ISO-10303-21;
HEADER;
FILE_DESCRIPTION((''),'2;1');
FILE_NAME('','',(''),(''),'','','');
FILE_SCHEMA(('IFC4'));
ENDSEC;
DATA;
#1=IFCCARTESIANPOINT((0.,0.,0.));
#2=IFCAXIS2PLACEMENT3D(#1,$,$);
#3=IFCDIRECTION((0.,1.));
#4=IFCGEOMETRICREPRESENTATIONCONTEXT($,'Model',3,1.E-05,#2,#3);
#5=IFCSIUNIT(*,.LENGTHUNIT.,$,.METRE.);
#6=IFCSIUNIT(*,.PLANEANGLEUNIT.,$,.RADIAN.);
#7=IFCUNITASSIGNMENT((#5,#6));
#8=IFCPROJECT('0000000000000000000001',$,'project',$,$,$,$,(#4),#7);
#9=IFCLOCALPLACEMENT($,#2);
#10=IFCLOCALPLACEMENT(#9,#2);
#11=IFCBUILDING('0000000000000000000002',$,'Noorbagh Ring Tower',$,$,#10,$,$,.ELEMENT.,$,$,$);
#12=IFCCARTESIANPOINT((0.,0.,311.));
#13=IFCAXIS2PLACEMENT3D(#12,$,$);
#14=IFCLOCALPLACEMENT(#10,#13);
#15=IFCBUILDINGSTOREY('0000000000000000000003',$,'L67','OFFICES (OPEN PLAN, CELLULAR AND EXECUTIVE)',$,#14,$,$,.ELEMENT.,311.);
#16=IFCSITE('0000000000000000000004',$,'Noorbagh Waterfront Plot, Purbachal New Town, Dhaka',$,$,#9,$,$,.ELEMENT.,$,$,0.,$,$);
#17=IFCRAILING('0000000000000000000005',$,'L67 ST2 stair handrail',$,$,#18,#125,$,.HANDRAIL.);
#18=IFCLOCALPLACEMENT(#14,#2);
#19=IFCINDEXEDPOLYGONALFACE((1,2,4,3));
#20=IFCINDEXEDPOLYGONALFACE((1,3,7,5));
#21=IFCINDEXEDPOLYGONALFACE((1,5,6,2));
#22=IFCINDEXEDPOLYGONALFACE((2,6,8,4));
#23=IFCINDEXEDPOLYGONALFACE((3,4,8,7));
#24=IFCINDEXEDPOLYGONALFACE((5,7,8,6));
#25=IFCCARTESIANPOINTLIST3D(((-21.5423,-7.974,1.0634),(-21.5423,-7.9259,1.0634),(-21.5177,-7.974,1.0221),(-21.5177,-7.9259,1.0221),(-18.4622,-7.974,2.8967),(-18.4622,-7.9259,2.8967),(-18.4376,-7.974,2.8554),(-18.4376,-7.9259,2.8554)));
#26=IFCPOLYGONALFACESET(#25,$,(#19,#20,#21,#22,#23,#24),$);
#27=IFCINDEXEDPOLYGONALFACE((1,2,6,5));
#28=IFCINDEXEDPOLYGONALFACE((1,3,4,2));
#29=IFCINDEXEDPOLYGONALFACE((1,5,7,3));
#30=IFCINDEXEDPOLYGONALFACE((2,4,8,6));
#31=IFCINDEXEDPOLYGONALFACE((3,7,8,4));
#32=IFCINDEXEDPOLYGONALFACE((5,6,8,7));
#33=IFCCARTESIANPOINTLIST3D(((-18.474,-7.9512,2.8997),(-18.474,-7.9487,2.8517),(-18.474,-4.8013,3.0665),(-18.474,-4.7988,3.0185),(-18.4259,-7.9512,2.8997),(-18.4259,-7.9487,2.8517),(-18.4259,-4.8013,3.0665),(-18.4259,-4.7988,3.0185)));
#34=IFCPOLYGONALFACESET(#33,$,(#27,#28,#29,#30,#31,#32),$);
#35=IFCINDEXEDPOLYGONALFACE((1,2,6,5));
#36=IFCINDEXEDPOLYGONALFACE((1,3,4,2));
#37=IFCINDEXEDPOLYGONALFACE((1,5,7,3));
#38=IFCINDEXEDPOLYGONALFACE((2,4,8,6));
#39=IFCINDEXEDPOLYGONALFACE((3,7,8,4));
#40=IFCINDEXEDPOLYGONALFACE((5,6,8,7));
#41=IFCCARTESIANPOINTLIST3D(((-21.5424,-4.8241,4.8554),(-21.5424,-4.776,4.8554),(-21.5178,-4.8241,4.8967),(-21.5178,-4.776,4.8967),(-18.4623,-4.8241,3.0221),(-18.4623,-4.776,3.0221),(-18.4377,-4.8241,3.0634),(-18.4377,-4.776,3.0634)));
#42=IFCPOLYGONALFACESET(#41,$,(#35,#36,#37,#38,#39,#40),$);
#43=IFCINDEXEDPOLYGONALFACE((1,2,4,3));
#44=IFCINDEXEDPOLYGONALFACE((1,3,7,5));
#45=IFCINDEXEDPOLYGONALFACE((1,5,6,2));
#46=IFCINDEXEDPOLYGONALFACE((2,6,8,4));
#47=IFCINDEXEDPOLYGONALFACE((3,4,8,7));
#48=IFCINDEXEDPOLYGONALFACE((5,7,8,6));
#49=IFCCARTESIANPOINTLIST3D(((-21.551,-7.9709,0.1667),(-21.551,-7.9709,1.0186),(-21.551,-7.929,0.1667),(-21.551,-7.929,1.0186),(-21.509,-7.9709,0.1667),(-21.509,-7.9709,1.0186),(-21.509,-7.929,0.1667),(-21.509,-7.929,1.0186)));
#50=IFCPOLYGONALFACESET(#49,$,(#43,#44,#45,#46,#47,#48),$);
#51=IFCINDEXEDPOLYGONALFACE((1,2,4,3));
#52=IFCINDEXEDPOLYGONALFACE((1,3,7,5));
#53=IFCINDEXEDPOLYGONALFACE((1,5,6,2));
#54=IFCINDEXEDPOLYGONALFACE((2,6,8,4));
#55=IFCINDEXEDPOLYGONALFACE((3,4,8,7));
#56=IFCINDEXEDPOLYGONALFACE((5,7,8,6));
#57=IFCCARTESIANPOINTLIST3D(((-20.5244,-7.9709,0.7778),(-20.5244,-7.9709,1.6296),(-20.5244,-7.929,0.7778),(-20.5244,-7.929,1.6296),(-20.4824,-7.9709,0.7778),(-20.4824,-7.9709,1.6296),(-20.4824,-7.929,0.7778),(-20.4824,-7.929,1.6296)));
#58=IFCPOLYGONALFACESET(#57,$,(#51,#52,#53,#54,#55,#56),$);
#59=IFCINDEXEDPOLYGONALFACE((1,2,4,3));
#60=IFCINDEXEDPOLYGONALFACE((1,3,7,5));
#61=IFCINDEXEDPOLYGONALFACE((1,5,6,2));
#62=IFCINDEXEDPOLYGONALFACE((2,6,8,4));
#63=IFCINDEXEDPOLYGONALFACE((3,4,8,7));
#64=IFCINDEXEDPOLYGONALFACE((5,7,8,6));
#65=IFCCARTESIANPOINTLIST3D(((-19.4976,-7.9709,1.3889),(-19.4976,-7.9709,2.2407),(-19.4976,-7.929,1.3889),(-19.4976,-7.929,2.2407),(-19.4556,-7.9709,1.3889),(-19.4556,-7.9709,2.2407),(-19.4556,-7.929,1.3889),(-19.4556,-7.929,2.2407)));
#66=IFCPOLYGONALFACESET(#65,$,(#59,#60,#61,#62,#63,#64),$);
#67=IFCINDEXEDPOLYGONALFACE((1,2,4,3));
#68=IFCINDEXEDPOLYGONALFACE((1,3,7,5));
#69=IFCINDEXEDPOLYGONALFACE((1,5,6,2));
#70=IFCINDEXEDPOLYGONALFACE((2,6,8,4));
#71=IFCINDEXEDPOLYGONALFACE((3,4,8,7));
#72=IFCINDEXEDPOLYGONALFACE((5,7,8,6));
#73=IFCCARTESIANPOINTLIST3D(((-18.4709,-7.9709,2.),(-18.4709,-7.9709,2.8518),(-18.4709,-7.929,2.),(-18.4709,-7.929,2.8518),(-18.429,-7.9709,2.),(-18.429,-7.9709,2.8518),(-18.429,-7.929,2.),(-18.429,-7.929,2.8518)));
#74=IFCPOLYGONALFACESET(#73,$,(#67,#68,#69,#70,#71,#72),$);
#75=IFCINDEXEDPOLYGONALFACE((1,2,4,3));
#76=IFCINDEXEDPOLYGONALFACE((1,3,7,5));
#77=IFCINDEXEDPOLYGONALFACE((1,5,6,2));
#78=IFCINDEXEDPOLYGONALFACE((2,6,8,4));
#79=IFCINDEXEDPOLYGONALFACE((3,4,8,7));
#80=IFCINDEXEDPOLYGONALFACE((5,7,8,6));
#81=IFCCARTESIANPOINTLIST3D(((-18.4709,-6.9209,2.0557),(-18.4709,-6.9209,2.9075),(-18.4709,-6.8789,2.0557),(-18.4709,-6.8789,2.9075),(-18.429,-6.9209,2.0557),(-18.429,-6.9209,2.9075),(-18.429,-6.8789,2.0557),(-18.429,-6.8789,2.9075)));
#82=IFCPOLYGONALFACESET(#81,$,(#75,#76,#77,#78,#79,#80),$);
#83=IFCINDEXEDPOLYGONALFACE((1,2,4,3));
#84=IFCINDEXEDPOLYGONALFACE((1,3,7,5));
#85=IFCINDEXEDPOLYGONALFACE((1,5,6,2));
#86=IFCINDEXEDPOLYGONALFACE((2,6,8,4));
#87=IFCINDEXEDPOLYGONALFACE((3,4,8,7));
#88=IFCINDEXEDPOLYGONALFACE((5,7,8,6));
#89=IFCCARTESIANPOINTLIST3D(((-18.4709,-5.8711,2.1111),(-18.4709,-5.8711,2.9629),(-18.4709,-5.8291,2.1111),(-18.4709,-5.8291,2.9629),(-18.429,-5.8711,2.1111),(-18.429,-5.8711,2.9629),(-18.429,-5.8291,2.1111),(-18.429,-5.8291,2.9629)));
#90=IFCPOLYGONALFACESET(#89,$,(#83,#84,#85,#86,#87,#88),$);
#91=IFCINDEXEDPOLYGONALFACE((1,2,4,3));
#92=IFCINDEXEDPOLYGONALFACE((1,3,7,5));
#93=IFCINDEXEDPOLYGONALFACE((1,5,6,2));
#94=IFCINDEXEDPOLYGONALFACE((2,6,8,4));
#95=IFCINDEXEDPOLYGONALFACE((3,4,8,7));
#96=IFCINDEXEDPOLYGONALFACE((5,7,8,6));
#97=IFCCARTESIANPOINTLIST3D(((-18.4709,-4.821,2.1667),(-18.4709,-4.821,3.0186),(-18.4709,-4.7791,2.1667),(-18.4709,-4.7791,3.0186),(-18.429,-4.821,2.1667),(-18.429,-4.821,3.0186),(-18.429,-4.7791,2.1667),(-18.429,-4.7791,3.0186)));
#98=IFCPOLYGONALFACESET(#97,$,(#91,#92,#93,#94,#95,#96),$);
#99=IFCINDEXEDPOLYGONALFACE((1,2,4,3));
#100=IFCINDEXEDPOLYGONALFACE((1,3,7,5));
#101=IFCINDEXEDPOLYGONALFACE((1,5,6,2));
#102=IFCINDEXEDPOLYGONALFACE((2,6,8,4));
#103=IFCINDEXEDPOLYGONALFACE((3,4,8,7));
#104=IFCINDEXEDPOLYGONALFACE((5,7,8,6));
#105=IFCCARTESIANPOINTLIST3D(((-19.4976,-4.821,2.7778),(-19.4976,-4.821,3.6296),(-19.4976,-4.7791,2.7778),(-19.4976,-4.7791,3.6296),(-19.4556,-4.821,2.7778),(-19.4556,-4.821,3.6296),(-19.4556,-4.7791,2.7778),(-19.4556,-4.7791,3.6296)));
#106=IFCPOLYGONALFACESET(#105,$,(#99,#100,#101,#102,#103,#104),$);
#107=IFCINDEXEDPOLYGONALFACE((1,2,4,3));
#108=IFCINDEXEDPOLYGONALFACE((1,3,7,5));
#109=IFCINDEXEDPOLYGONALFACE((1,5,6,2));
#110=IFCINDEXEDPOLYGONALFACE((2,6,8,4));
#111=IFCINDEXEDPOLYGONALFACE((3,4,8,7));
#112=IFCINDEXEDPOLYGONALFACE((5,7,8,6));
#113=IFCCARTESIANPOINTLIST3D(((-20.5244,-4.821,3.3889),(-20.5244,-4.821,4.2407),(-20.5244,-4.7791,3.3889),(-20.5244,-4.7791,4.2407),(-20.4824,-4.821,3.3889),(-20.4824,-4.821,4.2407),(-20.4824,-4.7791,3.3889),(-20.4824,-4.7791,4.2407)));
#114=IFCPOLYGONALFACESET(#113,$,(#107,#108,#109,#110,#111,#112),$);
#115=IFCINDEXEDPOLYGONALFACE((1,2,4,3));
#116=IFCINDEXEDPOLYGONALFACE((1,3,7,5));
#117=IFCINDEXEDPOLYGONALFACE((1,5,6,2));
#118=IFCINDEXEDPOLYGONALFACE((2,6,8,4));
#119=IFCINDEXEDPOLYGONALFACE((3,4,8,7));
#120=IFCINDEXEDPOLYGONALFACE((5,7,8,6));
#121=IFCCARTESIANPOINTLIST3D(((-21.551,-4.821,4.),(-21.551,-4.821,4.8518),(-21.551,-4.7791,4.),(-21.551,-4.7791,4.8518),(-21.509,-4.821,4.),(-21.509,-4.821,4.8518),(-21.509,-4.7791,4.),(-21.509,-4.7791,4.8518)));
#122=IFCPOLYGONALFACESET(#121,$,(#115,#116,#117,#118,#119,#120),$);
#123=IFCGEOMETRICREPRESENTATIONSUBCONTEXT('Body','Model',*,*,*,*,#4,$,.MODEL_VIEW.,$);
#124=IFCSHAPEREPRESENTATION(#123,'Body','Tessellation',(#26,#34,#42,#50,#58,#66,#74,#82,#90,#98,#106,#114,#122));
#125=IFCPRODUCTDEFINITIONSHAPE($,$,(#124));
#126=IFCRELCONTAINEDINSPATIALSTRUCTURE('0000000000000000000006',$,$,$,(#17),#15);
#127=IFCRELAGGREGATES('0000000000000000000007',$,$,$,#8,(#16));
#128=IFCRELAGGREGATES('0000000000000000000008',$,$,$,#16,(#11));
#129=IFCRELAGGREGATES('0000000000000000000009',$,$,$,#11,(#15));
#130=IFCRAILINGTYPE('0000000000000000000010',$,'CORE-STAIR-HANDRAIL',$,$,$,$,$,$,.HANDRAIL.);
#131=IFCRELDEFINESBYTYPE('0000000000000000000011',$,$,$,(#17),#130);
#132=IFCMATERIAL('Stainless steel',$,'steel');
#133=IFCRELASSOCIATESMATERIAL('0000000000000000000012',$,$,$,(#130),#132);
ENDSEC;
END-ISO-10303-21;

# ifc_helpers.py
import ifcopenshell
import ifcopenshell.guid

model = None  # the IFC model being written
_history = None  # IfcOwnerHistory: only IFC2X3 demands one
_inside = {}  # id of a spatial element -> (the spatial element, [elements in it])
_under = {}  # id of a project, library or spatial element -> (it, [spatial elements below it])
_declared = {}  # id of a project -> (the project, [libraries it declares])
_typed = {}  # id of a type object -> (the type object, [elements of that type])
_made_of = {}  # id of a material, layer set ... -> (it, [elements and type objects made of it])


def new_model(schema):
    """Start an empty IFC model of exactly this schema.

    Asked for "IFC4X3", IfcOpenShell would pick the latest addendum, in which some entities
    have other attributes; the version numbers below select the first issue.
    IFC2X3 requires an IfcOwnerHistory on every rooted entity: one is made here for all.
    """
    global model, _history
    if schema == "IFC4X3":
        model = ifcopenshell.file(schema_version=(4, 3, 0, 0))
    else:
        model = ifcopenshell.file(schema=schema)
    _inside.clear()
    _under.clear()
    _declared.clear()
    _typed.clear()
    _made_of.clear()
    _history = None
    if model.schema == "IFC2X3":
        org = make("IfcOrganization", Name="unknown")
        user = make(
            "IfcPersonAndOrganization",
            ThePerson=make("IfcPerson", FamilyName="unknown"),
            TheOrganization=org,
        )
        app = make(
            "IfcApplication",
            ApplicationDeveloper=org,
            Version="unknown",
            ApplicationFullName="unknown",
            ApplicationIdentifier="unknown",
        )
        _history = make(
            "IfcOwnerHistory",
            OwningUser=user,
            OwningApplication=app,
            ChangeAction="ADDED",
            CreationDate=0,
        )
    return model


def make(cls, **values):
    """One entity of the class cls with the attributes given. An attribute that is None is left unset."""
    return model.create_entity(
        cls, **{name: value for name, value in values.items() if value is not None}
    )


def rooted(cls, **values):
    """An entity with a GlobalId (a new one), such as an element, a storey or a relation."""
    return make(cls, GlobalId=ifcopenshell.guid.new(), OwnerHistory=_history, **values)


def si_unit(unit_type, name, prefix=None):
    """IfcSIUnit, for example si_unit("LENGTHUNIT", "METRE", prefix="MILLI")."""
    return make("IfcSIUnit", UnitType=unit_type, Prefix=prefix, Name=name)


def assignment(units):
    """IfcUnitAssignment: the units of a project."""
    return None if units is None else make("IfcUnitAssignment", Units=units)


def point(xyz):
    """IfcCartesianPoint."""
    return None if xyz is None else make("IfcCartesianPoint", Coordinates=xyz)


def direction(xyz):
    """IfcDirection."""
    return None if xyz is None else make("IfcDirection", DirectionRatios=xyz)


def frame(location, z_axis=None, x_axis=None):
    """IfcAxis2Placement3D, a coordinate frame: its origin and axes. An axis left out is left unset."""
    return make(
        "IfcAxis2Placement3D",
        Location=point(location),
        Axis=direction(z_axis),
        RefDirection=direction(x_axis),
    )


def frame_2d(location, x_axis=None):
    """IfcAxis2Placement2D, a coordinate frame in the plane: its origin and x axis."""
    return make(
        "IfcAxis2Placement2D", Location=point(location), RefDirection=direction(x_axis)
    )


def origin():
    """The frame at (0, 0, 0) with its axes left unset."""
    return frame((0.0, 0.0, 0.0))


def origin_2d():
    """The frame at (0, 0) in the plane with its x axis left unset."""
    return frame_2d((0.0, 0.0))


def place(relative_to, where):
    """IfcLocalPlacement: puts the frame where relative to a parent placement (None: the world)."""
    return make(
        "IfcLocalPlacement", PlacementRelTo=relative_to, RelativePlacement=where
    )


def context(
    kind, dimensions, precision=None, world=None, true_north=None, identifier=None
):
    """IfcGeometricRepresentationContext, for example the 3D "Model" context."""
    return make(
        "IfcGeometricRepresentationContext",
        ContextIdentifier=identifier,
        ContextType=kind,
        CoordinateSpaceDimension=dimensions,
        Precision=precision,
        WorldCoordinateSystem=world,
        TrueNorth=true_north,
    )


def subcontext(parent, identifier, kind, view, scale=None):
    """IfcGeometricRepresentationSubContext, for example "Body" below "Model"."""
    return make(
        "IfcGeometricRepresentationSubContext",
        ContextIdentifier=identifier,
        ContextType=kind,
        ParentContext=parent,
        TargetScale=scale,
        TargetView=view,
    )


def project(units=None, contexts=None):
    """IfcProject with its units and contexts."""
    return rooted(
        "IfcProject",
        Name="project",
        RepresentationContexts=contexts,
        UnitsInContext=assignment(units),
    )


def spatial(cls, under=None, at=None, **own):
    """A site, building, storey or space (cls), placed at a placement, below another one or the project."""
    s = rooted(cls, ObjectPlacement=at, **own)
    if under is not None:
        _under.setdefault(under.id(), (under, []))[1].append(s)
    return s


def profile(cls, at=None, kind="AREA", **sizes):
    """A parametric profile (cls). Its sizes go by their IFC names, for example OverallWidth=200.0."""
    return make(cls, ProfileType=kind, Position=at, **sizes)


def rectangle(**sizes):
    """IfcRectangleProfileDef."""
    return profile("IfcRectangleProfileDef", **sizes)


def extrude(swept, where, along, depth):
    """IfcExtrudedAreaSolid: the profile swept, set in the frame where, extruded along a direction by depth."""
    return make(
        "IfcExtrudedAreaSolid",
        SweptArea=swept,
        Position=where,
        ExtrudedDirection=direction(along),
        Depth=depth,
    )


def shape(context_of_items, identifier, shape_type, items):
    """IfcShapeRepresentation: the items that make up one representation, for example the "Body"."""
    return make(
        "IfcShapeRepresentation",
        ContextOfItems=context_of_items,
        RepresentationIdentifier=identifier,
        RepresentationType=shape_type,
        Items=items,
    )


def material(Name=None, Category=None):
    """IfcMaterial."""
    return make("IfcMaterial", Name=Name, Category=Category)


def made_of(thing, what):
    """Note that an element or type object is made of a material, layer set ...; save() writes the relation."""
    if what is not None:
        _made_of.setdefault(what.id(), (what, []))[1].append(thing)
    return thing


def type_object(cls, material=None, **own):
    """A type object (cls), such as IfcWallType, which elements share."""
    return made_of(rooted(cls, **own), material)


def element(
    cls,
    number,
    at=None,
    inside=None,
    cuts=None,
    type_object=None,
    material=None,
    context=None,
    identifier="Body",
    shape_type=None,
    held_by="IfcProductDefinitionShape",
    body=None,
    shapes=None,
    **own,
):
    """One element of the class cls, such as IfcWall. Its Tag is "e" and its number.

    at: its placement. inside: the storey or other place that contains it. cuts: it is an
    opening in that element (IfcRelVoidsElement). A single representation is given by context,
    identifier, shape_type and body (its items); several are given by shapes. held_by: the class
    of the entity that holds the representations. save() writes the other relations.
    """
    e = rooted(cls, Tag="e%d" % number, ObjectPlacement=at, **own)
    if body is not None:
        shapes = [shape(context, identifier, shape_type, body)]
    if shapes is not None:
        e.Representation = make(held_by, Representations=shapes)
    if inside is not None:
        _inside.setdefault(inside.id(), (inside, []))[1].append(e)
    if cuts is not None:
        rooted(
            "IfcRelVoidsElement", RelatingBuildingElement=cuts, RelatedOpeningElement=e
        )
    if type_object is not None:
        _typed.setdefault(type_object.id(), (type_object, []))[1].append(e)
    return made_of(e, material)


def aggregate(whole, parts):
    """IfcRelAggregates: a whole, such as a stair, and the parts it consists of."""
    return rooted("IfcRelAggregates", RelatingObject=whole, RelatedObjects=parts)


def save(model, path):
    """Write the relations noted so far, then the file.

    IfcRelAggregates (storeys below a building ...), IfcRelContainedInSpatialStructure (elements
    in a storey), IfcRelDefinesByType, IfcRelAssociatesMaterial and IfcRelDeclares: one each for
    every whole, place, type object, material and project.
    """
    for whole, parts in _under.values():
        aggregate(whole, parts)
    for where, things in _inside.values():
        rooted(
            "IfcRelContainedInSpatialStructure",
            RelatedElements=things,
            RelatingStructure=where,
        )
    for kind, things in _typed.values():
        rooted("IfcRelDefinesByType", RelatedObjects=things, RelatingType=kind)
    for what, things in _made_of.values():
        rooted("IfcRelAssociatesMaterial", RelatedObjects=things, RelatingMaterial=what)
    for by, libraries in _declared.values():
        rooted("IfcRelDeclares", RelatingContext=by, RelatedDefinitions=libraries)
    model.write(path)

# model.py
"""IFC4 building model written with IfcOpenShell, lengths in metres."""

from ifc_helpers import new_model, si_unit, direction, frame, origin, origin_2d, place, context, subcontext, project, spatial, rectangle, extrude, material, type_object, element, save


model = new_model("IFC4")

# Units and contexts
model_context = context("Model", 3, precision=1e-05, world=origin(), true_north=direction((0.0, 1.0)))
body_context = subcontext(model_context, "Body", "Model", "MODEL_VIEW")
ifc_project = project(units=[si_unit("LENGTHUNIT", "METRE"), si_unit("PLANEANGLEUNIT", "RADIAN")], contexts=[model_context])

# Site, building, storey
site_placement = place(None, origin())
site = spatial("IfcSite", under=ifc_project, at=site_placement, Name="Noorbagh Waterfront Plot, Purbachal New Town, Dhaka", CompositionType="ELEMENT", RefElevation=0.0)
building_placement = place(site_placement, origin())
building = spatial("IfcBuilding", under=site, at=building_placement, Name="Noorbagh Ring Tower", CompositionType="ELEMENT")
storey_placement = place(building_placement, frame((0.0, 0.0, 311.0)))
storey = spatial("IfcBuildingStorey", under=building, at=storey_placement, Name="L67", Description="OFFICES (OPEN PLAN, CELLULAR AND EXECUTIVE)", CompositionType="ELEMENT", Elevation=311.0)

# Railing
ifc_material_1 = material(Name="Stainless steel", Category="steel")
railing_type_1 = type_object("IfcRailingType", Name="CORE-STAIR-HANDRAIL", PredefinedType="HANDRAIL", material=ifc_material_1)
railing_1_placement = place(storey_placement, frame((-21.53, -7.95, 0.1667)))
element("IfcRailing", 1, at=railing_1_placement, inside=storey, type_object=railing_type_1, Name="L67 ST2 stair handrail", PredefinedType="HANDRAIL", context=body_context, shape_type="SweptSolid", body=[
    extrude(rectangle(XDim=0.0481, YDim=0.0481, at=origin_2d()), frame((0.0, 0.0, 0.876), z_axis=(0.859309, 0.0, 0.511458), x_axis=(0.0, 1.0, 0.0)), (0.0, 0.0, 1.0), 3.5845),
    extrude(rectangle(XDim=0.0481, YDim=0.0481, at=origin_2d()), frame((3.0801, 0.0, 2.709), z_axis=(0.0, 0.998602, 0.052864), x_axis=(-1.0, 0.0, 0.0)), (0.0, 0.0, 1.0), 3.1543),
    extrude(rectangle(XDim=0.0481, YDim=0.0481, at=origin_2d()), frame((3.0801, 3.1499, 2.876), z_axis=(-0.859309, 0.0, 0.511458), x_axis=(0.0, -1.0, 0.0)), (0.0, 0.0, 1.0), 3.5845),
    extrude(rectangle(XDim=0.042, YDim=0.042, at=origin_2d()), origin(), (0.0, 0.0, 1.0), 0.8518),
    extrude(rectangle(XDim=0.042, YDim=0.042, at=origin_2d()), frame((1.0266, 0.0, 0.6111)), (0.0, 0.0, 1.0), 0.8518),
    extrude(rectangle(XDim=0.042, YDim=0.042, at=origin_2d()), frame((2.0535, 0.0, 1.2222)), (0.0, 0.0, 1.0), 0.8518),
    extrude(rectangle(XDim=0.042, YDim=0.042, at=origin_2d()), frame((3.0801, 0.0, 1.8333)), (0.0, 0.0, 1.0), 0.8518),
    extrude(rectangle(XDim=0.042, YDim=0.042, at=origin_2d()), frame((3.0801, 1.05, 1.8889)), (0.0, 0.0, 1.0), 0.8518),
    extrude(rectangle(XDim=0.042, YDim=0.042, at=origin_2d()), frame((3.0801, 2.0999, 1.9443)), (0.0, 0.0, 1.0), 0.8518),
    extrude(rectangle(XDim=0.042, YDim=0.042, at=origin_2d()), frame((3.0801, 3.1499, 2.0)), (0.0, 0.0, 1.0), 0.8518),
    extrude(rectangle(XDim=0.042, YDim=0.042, at=origin_2d()), frame((2.0535, 3.1499, 2.6111)), (0.0, 0.0, 1.0), 0.8518),
    extrude(rectangle(XDim=0.042, YDim=0.042, at=origin_2d()), frame((1.0266, 3.1499, 3.2222)), (0.0, 0.0, 1.0), 0.8518),
    extrude(rectangle(XDim=0.042, YDim=0.042, at=origin_2d()), frame((0.0, 3.1499, 3.8333)), (0.0, 0.0, 1.0), 0.8518),
])

save(model, "model.ifc")
